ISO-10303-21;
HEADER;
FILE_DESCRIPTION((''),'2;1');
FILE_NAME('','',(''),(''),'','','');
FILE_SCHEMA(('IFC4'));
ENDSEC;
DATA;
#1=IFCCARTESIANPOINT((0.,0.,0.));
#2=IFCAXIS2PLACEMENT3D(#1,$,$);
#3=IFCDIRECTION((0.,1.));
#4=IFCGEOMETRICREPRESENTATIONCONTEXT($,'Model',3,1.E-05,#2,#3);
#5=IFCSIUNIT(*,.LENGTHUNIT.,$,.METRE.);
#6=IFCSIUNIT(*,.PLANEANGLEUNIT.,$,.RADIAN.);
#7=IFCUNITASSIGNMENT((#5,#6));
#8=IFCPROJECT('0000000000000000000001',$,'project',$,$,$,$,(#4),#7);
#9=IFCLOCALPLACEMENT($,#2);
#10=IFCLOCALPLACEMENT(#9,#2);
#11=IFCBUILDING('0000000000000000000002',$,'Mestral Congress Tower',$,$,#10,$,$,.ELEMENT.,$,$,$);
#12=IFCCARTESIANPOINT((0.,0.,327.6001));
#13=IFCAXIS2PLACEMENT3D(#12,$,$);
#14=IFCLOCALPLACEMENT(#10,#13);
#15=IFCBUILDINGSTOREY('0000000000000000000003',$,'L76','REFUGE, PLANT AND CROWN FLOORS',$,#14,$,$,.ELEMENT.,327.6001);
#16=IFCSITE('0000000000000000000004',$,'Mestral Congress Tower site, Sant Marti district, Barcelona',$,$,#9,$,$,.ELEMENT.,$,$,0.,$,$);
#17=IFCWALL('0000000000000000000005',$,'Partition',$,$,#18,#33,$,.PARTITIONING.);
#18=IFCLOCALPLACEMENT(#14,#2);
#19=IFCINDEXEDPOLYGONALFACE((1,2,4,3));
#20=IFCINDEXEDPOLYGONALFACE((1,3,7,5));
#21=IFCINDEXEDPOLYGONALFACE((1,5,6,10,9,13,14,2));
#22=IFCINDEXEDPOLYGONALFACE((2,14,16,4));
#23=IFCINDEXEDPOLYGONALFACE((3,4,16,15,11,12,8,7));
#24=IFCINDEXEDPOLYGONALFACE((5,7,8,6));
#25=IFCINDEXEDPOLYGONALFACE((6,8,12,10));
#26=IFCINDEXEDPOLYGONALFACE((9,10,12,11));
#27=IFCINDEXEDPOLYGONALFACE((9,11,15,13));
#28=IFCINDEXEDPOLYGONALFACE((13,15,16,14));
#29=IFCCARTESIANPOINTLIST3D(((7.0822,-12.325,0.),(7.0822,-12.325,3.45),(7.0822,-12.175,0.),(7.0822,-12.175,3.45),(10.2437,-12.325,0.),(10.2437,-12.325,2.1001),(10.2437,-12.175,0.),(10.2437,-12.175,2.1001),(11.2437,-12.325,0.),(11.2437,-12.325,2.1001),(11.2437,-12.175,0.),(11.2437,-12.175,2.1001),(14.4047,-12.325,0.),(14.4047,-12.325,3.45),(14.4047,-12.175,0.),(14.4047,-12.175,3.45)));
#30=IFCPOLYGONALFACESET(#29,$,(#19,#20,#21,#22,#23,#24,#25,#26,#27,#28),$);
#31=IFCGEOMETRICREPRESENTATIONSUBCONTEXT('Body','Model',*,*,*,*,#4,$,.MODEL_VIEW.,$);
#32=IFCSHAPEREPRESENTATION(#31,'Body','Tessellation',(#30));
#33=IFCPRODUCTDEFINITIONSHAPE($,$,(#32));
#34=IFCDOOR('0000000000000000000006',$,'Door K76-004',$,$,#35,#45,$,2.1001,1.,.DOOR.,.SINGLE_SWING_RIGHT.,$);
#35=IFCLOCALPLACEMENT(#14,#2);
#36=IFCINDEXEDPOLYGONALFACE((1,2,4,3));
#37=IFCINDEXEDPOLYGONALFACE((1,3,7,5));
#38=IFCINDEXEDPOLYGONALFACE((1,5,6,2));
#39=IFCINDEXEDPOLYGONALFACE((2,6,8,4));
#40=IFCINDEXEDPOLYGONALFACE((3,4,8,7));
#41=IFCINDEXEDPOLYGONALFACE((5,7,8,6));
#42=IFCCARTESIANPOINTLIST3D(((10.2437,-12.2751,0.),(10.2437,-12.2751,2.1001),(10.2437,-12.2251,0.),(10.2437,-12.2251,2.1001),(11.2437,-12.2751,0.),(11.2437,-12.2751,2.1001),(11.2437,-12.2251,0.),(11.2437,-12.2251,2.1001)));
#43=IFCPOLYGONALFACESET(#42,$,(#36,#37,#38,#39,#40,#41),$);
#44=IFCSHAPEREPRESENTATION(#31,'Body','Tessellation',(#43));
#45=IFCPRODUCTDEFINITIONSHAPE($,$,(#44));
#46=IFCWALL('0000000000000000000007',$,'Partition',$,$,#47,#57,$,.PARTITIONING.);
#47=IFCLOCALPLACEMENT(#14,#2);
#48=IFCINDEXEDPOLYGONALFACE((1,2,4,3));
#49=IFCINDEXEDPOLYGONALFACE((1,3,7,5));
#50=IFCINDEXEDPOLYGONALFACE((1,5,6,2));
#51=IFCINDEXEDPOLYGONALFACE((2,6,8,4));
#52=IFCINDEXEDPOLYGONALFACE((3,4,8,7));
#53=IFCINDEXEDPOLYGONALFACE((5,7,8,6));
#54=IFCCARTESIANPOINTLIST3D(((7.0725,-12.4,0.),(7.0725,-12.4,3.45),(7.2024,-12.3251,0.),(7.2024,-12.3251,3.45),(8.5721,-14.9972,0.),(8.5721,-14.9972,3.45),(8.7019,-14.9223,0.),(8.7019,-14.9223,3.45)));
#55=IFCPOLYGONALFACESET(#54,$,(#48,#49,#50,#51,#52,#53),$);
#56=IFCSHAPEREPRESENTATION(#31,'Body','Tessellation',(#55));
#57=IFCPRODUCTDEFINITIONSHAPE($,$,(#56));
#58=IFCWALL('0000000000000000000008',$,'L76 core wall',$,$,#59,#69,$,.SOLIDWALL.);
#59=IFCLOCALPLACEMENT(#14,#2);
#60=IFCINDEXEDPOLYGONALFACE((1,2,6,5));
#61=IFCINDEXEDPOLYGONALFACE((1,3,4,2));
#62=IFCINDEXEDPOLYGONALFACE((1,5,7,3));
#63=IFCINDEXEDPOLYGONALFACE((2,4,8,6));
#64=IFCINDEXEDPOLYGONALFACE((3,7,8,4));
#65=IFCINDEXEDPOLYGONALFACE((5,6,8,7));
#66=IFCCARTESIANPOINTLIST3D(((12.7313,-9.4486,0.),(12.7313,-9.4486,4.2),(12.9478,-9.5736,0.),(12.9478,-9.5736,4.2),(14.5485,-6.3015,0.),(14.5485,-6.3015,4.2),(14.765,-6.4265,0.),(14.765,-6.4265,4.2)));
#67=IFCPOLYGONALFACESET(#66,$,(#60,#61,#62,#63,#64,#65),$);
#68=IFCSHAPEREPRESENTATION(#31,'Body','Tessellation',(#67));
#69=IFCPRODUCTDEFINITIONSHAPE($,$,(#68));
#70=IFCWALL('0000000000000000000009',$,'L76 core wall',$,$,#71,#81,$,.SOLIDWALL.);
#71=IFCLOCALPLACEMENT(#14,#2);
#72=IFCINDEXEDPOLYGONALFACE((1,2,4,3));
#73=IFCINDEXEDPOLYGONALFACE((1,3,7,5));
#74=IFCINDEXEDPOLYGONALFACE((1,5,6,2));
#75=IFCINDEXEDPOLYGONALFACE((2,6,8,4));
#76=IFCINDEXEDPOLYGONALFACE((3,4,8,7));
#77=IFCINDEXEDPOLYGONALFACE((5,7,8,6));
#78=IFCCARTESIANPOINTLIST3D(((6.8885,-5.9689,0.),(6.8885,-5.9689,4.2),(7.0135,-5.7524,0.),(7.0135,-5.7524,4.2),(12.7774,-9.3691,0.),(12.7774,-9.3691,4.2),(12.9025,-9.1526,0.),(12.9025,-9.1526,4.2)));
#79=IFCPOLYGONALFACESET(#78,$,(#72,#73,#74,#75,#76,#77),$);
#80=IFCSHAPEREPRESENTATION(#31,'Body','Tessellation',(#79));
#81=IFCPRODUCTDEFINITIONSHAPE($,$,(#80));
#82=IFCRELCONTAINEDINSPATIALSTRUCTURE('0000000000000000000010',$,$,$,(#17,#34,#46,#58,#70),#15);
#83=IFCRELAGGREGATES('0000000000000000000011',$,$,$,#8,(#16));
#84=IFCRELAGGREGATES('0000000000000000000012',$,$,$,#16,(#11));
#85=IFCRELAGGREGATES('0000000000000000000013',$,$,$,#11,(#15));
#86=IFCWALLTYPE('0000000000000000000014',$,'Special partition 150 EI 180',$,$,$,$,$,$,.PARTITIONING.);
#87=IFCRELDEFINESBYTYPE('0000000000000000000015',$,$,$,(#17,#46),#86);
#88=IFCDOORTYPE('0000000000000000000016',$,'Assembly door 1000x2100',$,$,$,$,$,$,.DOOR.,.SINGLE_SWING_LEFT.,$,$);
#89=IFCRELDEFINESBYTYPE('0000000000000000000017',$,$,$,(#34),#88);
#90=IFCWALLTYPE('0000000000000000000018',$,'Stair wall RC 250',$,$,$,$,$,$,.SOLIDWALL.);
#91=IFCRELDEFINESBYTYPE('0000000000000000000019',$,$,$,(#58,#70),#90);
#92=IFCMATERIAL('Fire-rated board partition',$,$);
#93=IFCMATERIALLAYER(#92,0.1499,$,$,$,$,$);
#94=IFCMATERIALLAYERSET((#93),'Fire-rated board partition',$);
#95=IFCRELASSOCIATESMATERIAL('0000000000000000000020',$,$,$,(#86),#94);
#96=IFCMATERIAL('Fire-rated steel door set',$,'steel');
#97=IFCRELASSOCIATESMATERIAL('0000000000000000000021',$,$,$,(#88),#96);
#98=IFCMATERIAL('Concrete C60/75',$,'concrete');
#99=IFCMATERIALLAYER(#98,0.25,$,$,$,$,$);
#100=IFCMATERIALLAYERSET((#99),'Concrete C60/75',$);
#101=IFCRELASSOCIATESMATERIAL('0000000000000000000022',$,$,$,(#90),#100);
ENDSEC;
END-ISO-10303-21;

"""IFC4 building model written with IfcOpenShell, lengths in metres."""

from ifc_helpers import new_model, si_unit, direction, frame, frame_2d, origin, place, context, subcontext, project, spatial, rectangle, extrude, material, layer, layer_set, type_object, element, fill, save


model = new_model("IFC4")

# Units and contexts
model_context = context("Model", 3, precision=1e-05, world=origin(), true_north=direction((0.0, 1.0)))
body_context = subcontext(model_context, "Body", "Model", "MODEL_VIEW")
ifc_project = project(units=[si_unit("LENGTHUNIT", "METRE"), si_unit("PLANEANGLEUNIT", "RADIAN")], contexts=[model_context])

# Site, building, storey
site_placement = place(None, origin())
site = spatial("IfcSite", under=ifc_project, at=site_placement, Name="Mestral Congress Tower site, Sant Marti district, Barcelona", CompositionType="ELEMENT", RefElevation=0.0)
building_placement = place(site_placement, origin())
building = spatial("IfcBuilding", under=site, at=building_placement, Name="Mestral Congress Tower", CompositionType="ELEMENT")
storey_placement = place(building_placement, frame((0.0, 0.0, 327.6001)))
storey = spatial("IfcBuildingStorey", under=building, at=storey_placement, Name="L76", Description="REFUGE, PLANT AND CROWN FLOORS", CompositionType="ELEMENT", Elevation=327.6001)

# Shared definitions
ifc_material_1 = material(Name="Concrete C60/75", Category="concrete")

# Shared definitions
ifc_material_2 = material(Name="Fire-rated steel door set", Category="steel")

# Wall, opening, door
ifc_material_3 = material(Name="Fire-rated board partition")
ifc_layer_1 = layer(ifc_material_3, 0.1499)
ifc_layer_set_1 = layer_set([ifc_layer_1], Name="Fire-rated board partition")
wall_type_1 = type_object("IfcWallType", Name="Special partition 150 EI 180", PredefinedType="PARTITIONING", material=ifc_layer_set_1)
wall_1_placement = place(storey_placement, frame((7.0823, -12.25, 0.0), z_axis=(0.0, 0.0, 1.0), x_axis=(1.0, 0.0, 0.0)))
wall_1 = element("IfcWall", 1, at=wall_1_placement, inside=storey, type_object=wall_type_1, Name="Partition", PredefinedType="PARTITIONING", context=body_context, shape_type="SweptSolid", body=[
    extrude(rectangle(XDim=7.3225, YDim=0.1499, at=frame_2d((3.6611, 0.0))), origin(), (0.0, 0.0, 1.0), 3.45),
])
opening_1_placement = place(wall_1_placement, frame((3.1614, 0.0, 0.0)))
opening_1 = element("IfcOpeningElement", 2, at=opening_1_placement, cuts=wall_1, PredefinedType="OPENING", context=body_context, shape_type="SweptSolid", body=[
    extrude(rectangle(XDim=1.0, YDim=2.1001, at=frame_2d((0.5, 1.05))), frame((0.0, 0.085, 0.0), z_axis=(0.0, -1.0, 0.0), x_axis=(1.0, 0.0, 0.0)), (0.0, 0.0, 1.0), 0.1699),
])
door_type_1 = type_object("IfcDoorType", Name="Assembly door 1000x2100", OperationType="SINGLE_SWING_LEFT", PredefinedType="DOOR", material=ifc_material_2)
door_1_placement = place(opening_1_placement, origin())
door_1 = element("IfcDoor", 3, at=door_1_placement, inside=storey, type_object=door_type_1, Name="Door K76-004", OperationType="SINGLE_SWING_RIGHT", OverallHeight=2.1001, OverallWidth=1.0, PredefinedType="DOOR", context=body_context, shape_type="SweptSolid", body=[
    extrude(rectangle(XDim=1.0, YDim=2.1001, at=frame_2d((0.5, 1.05))), frame((0.0, 0.0249, 0.0), z_axis=(0.0, -1.0, 0.0), x_axis=(1.0, 0.0, 0.0)), (0.0, 0.0, 1.0), 0.05),
])
fill(opening_1, door_1)

# Walls
wall_2_placement = place(storey_placement, frame((7.1375, -12.3625, 0.0), z_axis=(0.0, 0.0, 1.0), x_axis=(0.500009, -0.86602, 0.0)))
element("IfcWall", 4, at=wall_2_placement, inside=storey, type_object=wall_type_1, Name="Partition", PredefinedType="PARTITIONING", context=body_context, shape_type="SweptSolid", body=[
    extrude(rectangle(XDim=2.999, YDim=0.1499, at=frame_2d((1.4995, 0.0))), origin(), (0.0, 0.0, 1.0), 3.45),
])
ifc_layer_2 = layer(ifc_material_1, 0.25)
ifc_layer_set_2 = layer_set([ifc_layer_2], Name="Concrete C60/75")
wall_type_2 = type_object("IfcWallType", Name="Stair wall RC 250", PredefinedType="SOLIDWALL", material=ifc_layer_set_2)
wall_3_placement = place(storey_placement, frame((12.8396, -9.511, 0.0), z_axis=(0.0, 0.0, 1.0), x_axis=(0.500048, 0.865998, 0.0)))
element("IfcWall", 5, at=wall_3_placement, inside=storey, type_object=wall_type_2, Name="L76 core wall", PredefinedType="SOLIDWALL", context=body_context, shape_type="SweptSolid", body=[
    extrude(rectangle(XDim=3.634, YDim=0.25, at=frame_2d((1.8169, 0.0))), origin(), (0.0, 0.0, 1.0), 4.2),
])
wall_4_placement = place(storey_placement, frame((12.8398, -9.2607, 0.0), z_axis=(0.0, 0.0, 1.0), x_axis=(-0.866014, 0.50002, 0.0)))
element("IfcWall", 6, at=wall_4_placement, inside=storey, type_object=wall_type_2, Name="L76 core wall", PredefinedType="SOLIDWALL", context=body_context, shape_type="SweptSolid", body=[
    extrude(rectangle(XDim=6.8, YDim=0.25, at=frame_2d((3.3999, 0.0))), origin(), (0.0, 0.0, 1.0), 4.2),
])

save(model, "model.ifc")
